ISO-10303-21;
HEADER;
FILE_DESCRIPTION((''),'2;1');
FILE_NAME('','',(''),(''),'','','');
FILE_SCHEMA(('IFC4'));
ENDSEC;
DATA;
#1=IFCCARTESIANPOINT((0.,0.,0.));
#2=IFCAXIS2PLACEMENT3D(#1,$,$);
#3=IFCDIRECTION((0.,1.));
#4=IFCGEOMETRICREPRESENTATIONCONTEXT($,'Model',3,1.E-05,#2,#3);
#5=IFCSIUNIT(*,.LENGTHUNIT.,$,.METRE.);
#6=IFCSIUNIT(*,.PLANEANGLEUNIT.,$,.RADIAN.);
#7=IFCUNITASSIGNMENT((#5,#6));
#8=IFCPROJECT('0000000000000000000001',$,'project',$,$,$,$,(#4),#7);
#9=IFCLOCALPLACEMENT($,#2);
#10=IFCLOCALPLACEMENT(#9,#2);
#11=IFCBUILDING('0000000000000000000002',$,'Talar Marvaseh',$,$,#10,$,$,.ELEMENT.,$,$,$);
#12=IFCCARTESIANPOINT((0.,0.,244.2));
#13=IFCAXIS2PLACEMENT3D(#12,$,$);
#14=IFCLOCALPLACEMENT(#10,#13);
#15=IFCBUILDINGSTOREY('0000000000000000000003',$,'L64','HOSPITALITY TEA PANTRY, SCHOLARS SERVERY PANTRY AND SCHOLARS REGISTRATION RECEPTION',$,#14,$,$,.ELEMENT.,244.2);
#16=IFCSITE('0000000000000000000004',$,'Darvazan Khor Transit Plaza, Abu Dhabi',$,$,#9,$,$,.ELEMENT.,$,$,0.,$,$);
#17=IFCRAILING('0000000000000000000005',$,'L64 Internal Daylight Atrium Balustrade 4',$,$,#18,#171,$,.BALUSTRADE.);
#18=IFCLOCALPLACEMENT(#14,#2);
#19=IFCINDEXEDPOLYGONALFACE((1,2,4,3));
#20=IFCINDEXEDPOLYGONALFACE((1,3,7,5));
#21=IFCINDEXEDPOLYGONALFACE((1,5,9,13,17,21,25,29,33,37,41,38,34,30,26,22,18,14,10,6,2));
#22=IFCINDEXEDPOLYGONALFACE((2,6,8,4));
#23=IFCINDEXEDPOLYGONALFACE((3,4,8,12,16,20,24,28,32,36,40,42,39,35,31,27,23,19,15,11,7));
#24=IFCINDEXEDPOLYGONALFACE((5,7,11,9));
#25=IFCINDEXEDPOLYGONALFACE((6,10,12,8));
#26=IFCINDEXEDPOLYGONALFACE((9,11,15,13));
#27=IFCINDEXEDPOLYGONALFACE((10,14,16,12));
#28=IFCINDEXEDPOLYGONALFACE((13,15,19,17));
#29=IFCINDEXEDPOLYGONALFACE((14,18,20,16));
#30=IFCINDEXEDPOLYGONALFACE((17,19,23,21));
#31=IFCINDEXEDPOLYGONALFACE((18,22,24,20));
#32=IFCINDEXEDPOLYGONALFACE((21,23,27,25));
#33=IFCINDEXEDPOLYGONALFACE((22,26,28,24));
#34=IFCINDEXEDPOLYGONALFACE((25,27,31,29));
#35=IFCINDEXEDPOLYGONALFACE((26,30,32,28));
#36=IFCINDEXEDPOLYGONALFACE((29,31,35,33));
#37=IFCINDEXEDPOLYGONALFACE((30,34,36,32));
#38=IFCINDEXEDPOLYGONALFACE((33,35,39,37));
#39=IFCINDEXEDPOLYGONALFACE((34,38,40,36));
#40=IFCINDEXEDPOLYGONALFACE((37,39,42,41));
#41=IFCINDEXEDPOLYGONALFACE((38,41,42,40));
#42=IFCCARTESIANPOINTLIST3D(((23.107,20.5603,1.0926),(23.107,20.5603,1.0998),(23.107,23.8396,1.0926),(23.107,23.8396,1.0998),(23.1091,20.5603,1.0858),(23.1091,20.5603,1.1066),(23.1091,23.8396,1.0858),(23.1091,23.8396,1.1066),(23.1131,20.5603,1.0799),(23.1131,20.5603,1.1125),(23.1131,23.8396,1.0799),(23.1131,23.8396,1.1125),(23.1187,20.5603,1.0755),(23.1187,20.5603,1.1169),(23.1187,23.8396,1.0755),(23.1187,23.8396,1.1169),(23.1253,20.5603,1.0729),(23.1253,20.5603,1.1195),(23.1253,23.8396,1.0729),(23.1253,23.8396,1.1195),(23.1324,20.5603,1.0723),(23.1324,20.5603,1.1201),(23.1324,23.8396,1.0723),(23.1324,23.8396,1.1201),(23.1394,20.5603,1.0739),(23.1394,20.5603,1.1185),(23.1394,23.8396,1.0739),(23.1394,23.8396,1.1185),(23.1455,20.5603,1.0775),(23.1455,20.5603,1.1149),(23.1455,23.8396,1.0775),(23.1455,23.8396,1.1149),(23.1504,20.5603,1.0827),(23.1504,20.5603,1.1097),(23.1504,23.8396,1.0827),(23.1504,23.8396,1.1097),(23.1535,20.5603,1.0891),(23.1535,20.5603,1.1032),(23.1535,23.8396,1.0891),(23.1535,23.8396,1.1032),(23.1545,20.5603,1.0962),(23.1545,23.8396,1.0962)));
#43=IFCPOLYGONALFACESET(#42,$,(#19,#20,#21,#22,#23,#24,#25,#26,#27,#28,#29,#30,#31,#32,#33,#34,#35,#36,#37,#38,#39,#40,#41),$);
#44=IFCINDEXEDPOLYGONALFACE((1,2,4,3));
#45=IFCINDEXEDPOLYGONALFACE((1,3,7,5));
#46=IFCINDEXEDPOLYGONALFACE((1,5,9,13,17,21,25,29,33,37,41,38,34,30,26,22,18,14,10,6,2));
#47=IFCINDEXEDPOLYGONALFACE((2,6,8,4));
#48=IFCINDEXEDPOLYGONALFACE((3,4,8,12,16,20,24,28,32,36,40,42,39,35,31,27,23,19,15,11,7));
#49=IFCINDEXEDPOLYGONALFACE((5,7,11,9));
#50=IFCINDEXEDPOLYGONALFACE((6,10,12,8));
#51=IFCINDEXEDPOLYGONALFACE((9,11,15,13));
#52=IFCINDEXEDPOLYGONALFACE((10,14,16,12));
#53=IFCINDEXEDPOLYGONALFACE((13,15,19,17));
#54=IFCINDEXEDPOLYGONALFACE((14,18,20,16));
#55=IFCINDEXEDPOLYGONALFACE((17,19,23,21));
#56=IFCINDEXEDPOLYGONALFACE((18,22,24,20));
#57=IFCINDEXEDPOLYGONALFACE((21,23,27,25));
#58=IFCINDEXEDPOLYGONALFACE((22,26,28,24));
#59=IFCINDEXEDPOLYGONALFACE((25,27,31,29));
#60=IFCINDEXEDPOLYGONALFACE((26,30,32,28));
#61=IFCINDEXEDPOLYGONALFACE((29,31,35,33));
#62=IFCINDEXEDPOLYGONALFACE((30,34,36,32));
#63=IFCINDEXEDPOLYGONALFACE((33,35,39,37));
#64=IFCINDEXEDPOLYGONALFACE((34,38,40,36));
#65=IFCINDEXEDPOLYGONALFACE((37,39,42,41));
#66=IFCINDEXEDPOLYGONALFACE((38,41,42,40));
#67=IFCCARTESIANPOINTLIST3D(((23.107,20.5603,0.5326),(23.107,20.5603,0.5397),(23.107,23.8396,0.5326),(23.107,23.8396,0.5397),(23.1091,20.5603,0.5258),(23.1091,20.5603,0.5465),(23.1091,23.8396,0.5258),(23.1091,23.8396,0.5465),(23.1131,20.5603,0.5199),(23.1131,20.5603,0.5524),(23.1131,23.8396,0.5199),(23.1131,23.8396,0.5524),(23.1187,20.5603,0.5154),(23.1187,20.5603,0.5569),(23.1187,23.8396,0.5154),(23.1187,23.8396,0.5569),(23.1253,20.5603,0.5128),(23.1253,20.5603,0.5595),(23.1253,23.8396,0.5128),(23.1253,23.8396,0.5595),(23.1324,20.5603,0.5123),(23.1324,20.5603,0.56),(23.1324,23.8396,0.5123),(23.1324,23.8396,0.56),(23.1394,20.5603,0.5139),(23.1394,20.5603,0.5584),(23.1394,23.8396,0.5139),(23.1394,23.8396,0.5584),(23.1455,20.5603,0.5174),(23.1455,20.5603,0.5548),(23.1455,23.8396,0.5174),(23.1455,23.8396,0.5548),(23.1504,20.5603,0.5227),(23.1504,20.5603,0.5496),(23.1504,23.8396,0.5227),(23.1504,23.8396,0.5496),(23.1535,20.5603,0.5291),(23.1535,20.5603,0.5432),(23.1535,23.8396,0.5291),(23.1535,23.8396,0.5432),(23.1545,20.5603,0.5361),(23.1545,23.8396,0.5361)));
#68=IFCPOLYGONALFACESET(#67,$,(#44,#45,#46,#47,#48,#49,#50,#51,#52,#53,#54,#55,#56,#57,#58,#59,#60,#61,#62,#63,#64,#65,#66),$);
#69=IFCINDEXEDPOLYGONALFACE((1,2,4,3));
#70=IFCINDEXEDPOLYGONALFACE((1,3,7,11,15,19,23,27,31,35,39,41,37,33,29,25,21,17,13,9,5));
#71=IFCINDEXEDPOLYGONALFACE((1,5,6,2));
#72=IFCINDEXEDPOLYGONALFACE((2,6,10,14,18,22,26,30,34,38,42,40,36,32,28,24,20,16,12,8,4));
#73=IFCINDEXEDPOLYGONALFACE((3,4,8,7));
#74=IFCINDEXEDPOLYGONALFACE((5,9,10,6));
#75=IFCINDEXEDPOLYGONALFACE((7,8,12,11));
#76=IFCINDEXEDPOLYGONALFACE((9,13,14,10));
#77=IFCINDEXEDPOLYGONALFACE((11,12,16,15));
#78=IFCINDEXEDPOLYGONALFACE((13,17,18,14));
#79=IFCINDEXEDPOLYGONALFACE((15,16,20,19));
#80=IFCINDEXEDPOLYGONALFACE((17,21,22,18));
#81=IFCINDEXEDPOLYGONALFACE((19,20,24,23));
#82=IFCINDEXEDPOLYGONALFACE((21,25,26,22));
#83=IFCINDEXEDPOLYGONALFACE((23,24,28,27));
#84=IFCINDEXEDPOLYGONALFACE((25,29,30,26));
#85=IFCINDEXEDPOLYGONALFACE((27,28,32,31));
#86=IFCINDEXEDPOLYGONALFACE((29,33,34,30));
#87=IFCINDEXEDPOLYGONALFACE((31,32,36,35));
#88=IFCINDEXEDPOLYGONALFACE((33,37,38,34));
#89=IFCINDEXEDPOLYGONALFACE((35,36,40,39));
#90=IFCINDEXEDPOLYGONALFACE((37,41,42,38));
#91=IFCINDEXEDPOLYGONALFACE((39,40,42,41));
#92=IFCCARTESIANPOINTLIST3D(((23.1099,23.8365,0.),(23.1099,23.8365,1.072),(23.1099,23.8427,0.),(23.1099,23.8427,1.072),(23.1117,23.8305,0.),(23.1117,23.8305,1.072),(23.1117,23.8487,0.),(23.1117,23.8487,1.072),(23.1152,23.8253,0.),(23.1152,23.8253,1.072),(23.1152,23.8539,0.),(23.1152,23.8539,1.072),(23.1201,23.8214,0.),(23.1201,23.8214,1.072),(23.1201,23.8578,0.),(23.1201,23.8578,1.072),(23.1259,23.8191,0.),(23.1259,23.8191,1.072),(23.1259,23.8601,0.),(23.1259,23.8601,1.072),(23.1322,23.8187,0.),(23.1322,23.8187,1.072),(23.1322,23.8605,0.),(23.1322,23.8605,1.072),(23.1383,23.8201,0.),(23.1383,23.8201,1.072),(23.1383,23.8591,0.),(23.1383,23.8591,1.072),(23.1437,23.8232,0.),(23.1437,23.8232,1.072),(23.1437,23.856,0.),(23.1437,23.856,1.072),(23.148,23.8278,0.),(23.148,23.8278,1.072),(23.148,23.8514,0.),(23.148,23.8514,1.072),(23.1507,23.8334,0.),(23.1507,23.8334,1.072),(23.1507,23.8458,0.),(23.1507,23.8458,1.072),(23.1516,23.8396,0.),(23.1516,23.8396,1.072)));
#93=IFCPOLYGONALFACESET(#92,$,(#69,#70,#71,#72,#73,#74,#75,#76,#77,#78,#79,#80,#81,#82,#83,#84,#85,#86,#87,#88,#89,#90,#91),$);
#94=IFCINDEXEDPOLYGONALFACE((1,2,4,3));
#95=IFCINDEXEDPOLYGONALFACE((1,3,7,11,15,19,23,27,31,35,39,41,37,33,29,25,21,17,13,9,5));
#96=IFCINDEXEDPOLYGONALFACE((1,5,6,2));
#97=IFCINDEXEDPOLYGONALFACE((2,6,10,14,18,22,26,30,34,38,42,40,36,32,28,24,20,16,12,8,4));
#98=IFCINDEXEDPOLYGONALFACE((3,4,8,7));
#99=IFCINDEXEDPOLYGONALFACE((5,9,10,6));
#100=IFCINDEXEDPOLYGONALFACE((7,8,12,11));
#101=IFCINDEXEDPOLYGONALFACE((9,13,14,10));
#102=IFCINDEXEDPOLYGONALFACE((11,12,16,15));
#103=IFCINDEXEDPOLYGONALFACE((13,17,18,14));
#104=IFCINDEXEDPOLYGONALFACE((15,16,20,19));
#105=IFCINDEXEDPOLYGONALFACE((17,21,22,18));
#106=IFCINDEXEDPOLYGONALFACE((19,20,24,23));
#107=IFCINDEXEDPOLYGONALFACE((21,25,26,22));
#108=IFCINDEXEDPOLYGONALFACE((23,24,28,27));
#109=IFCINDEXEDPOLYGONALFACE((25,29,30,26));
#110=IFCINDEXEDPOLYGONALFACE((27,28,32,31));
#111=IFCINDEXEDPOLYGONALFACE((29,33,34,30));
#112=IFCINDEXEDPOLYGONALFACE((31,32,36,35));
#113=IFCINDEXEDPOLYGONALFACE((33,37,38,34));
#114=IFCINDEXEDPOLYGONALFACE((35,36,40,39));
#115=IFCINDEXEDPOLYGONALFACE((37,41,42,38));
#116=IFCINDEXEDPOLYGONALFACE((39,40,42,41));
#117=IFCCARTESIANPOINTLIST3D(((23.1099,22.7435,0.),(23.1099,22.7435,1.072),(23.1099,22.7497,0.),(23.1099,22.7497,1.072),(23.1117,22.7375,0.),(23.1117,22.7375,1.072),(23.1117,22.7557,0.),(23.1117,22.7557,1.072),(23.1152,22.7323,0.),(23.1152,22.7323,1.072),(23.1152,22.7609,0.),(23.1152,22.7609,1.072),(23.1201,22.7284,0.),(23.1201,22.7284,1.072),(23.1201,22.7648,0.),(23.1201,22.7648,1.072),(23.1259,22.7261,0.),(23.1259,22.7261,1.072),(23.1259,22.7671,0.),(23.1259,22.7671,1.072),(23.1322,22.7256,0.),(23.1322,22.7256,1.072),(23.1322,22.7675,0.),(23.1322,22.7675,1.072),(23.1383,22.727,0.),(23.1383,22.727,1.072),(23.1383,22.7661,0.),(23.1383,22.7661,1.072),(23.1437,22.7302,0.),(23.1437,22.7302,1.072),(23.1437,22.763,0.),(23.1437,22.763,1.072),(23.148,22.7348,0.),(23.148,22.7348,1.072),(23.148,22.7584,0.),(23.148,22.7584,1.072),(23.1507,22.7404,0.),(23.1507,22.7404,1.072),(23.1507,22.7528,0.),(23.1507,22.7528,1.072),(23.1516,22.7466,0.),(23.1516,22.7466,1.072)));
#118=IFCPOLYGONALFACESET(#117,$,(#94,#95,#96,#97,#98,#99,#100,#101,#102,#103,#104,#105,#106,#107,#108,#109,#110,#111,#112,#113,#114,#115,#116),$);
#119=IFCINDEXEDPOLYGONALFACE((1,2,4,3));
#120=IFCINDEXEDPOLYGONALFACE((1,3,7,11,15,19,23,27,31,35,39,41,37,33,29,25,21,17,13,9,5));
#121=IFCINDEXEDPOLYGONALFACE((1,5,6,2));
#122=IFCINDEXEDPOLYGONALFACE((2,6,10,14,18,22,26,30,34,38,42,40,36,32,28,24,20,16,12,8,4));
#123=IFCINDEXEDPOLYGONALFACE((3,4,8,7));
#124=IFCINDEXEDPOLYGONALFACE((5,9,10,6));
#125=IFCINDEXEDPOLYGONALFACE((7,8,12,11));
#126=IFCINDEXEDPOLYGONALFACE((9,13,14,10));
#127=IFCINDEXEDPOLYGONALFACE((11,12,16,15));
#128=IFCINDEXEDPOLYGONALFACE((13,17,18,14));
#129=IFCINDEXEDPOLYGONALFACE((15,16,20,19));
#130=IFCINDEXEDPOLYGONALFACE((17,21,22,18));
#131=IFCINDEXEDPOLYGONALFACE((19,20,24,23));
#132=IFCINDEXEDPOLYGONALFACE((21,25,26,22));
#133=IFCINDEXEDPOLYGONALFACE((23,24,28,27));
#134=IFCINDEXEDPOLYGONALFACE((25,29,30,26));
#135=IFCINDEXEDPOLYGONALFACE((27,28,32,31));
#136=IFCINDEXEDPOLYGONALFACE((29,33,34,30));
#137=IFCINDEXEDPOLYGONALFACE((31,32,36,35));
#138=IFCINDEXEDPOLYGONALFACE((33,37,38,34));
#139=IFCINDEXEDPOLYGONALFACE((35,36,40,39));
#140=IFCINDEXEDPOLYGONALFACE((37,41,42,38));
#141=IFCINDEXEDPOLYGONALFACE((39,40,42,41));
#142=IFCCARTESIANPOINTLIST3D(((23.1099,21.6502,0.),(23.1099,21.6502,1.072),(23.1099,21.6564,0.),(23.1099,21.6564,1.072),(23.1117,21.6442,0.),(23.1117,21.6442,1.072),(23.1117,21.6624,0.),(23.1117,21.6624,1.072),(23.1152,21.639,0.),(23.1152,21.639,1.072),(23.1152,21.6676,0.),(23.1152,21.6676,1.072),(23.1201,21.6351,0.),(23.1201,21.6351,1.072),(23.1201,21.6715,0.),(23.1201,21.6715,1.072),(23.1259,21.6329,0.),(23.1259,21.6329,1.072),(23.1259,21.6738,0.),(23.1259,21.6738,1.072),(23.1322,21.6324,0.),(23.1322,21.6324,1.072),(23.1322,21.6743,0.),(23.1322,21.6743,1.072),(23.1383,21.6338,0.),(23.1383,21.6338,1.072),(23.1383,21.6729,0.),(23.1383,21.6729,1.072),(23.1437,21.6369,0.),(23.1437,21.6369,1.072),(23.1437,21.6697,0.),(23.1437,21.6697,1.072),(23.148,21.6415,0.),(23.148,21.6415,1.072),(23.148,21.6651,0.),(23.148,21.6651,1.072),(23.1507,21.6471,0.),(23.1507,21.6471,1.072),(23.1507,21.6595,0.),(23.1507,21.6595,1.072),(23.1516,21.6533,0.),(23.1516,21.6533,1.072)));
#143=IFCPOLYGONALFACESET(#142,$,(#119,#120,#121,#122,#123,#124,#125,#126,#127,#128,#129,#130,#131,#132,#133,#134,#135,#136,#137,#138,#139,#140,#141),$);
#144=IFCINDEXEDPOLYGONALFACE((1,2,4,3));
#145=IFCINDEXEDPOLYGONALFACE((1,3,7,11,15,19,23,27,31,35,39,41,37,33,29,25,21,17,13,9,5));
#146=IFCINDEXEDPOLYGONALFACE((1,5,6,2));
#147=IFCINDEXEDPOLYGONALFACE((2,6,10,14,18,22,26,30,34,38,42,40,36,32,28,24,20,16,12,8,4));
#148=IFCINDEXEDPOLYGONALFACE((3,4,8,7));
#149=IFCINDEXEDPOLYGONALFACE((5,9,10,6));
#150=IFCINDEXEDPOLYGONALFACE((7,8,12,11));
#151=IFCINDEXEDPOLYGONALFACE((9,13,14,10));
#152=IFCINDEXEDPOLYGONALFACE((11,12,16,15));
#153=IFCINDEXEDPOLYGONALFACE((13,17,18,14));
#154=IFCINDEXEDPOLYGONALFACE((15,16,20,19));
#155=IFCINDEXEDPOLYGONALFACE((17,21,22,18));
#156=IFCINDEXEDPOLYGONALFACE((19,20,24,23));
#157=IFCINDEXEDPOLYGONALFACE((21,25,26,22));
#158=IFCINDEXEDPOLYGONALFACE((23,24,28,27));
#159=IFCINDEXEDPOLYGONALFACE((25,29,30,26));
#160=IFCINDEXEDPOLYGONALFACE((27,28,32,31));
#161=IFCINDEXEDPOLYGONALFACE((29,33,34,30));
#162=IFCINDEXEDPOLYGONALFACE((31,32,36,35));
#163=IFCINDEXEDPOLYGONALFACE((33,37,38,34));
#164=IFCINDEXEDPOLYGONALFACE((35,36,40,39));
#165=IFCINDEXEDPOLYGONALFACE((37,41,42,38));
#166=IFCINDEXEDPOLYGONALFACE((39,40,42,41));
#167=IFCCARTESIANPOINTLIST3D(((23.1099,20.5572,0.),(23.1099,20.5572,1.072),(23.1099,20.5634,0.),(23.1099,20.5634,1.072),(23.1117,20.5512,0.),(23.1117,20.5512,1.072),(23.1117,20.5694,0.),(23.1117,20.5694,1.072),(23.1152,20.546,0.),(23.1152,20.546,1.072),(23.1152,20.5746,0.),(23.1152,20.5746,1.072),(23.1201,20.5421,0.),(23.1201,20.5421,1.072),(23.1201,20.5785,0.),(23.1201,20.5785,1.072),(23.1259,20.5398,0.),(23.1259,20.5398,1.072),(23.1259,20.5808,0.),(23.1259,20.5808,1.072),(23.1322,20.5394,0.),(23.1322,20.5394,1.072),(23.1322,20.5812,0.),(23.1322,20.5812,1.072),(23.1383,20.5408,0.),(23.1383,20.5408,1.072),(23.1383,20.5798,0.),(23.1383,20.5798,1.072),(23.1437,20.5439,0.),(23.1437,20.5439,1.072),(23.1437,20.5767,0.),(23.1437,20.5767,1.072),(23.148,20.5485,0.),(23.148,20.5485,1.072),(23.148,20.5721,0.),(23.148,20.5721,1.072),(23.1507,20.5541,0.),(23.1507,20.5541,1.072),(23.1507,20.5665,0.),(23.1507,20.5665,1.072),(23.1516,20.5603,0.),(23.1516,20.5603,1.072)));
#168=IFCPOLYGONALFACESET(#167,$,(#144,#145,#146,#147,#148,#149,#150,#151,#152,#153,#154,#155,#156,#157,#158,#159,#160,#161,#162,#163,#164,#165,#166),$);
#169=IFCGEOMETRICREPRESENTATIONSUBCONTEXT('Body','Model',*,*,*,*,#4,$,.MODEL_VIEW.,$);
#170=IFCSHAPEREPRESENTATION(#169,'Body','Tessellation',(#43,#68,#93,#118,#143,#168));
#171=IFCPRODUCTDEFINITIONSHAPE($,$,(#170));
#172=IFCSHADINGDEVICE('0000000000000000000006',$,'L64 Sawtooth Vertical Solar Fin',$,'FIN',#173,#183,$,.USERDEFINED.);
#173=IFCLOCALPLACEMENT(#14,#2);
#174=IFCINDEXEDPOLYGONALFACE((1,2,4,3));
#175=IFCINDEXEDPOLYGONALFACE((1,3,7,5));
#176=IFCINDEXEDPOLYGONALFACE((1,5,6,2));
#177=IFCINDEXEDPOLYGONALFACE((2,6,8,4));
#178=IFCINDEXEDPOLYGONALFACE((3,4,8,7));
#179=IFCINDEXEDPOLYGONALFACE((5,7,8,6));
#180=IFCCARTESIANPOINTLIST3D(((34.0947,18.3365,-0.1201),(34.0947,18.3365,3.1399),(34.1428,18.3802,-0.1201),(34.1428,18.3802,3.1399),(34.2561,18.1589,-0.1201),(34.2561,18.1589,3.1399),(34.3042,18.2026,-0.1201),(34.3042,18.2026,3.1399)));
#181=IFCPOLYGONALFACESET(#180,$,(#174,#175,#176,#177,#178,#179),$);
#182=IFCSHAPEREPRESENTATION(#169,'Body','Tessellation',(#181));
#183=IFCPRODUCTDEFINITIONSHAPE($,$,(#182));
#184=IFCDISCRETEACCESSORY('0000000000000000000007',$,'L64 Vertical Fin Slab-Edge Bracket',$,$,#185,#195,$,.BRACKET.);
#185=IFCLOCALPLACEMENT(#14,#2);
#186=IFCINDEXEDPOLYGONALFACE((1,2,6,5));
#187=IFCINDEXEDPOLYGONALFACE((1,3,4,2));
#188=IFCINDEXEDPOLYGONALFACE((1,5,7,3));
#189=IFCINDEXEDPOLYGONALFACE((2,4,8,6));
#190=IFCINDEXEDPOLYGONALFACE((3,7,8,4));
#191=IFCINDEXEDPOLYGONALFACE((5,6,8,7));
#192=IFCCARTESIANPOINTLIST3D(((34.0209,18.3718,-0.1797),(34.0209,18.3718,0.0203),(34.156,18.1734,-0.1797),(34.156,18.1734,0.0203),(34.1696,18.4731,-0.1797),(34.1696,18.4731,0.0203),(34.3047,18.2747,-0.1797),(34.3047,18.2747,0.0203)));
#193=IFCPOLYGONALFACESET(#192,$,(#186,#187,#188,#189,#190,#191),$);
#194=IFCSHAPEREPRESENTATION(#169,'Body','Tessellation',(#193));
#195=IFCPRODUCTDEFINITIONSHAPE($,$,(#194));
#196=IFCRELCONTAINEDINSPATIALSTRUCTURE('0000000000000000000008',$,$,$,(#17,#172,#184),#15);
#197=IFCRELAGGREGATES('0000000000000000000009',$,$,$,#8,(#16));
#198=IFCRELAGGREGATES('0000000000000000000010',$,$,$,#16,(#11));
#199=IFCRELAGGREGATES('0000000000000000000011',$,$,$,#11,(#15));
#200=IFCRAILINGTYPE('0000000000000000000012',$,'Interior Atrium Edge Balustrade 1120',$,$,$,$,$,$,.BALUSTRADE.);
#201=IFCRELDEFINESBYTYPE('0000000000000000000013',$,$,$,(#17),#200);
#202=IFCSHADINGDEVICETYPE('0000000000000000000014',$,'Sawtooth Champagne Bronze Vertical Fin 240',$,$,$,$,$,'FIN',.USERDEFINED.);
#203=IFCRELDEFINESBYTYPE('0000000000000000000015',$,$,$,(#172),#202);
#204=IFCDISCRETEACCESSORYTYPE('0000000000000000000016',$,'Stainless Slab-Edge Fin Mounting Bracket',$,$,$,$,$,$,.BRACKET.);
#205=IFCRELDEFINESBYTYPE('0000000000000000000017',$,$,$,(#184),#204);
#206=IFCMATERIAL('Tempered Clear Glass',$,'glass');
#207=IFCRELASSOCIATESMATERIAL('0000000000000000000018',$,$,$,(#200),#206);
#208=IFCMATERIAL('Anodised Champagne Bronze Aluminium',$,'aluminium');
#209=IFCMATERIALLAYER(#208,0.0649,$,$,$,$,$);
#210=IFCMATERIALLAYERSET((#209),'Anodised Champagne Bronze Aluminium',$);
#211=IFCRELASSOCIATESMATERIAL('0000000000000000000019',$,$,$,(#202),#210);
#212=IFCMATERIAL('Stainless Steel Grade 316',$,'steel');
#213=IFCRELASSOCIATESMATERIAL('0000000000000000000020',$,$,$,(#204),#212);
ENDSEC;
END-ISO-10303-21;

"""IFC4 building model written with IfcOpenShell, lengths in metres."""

from ifc_helpers import new_model, si_unit, direction, frame, origin, origin_2d, place, context, subcontext, project, spatial, rectangle, circle, extrude, source, transform, mapped, material, layer, layer_set, type_object, type_shapes, element, save


model = new_model("IFC4")

# Units and contexts
model_context = context("Model", 3, precision=1e-05, world=origin(), true_north=direction((0.0, 1.0)))
body_context = subcontext(model_context, "Body", "Model", "MODEL_VIEW")
ifc_project = project(units=[si_unit("LENGTHUNIT", "METRE"), si_unit("PLANEANGLEUNIT", "RADIAN")], contexts=[model_context])

# Site, building, storey
site_placement = place(None, origin())
site = spatial("IfcSite", under=ifc_project, at=site_placement, Name="Darvazan Khor Transit Plaza, Abu Dhabi", CompositionType="ELEMENT", RefElevation=0.0)
building_placement = place(site_placement, origin())
building = spatial("IfcBuilding", under=site, at=building_placement, Name="Talar Marvaseh", CompositionType="ELEMENT")
storey_placement = place(building_placement, frame((0.0, 0.0, 244.2)))
storey = spatial("IfcBuildingStorey", under=building, at=storey_placement, Name="L64", Description="HOSPITALITY TEA PANTRY, SCHOLARS SERVERY PANTRY AND SCHOLARS REGISTRATION RECEPTION", CompositionType="ELEMENT", Elevation=244.2)

# Railing
ifc_material_1 = material(Name="Tempered Clear Glass", Category="glass")
railing_type = type_object("IfcRailingType", Name="Interior Atrium Edge Balustrade 1120", PredefinedType="BALUSTRADE", material=ifc_material_1)
railing_1_placement = place(storey_placement, frame((23.1306, 23.8396, 0.0)))
element("IfcRailing", 1, at=railing_1_placement, inside=storey, type_object=railing_type, Name="L64 Internal Daylight Atrium Balustrade 4", PredefinedType="BALUSTRADE", context=body_context, shape_type="SweptSolid", body=[
    extrude(circle(Radius=0.0239, at=origin_2d()), frame((0.0, 0.0, 1.0962), z_axis=(0.0, -1.0, 0.0), x_axis=(1.0, 0.0, 0.0)), (0.0, 0.0, 1.0), 3.2793),
    extrude(circle(Radius=0.0239, at=origin_2d()), frame((0.0, 0.0, 0.5361), z_axis=(0.0, -1.0, 0.0), x_axis=(1.0, 0.0, 0.0)), (0.0, 0.0, 1.0), 3.2793),
    extrude(circle(Radius=0.021, at=origin_2d()), origin(), (0.0, 0.0, 1.0), 1.072),
    extrude(circle(Radius=0.021, at=origin_2d()), frame((0.0, -1.093, 0.0)), (0.0, 0.0, 1.0), 1.072),
    extrude(circle(Radius=0.021, at=origin_2d()), frame((0.0, -2.1863, 0.0)), (0.0, 0.0, 1.0), 1.072),
    extrude(circle(Radius=0.021, at=origin_2d()), frame((0.0, -3.2793, 0.0)), (0.0, 0.0, 1.0), 1.072),
])

# Shading device
ifc_material_2 = material(Name="Anodised Champagne Bronze Aluminium", Category="aluminium")
ifc_layer_1 = layer(ifc_material_2, 0.0649)
ifc_layer_set_1 = layer_set([ifc_layer_1], Name="Anodised Champagne Bronze Aluminium")
shading_device_type = type_object("IfcShadingDeviceType", Name="Sawtooth Champagne Bronze Vertical Fin 240", ElementType="FIN", PredefinedType="USERDEFINED", material=ifc_layer_set_1)
shared_shape_1 = source(origin(), body_context, "Body", "SweptSolid", [
    extrude(rectangle(XDim=0.24, YDim=0.0649, at=origin_2d()), origin(), (0.0, 0.0, 1.0), 3.26),
])
type_shapes(shading_device_type, [shared_shape_1])
shading_device_placement = place(storey_placement, frame((34.1995, 18.2695, -0.1201), z_axis=(0.0, 0.0, 1.0), x_axis=(0.672496, -0.740101, 0.0)))
element("IfcShadingDevice", 2, at=shading_device_placement, inside=storey, type_object=shading_device_type, Name="L64 Sawtooth Vertical Solar Fin", ObjectType="FIN", PredefinedType="USERDEFINED", context=body_context, shape_type="MappedRepresentation", body=[
    mapped(shared_shape_1, transform((0.0, 0.0, 0.0), x_axis=(1.0, 0.0, 0.0), y_axis=(0.0, 1.0, 0.0), z_axis=(0.0, 0.0, 1.0), scale=1.0)),
])

# Discrete accessory
ifc_material_3 = material(Name="Stainless Steel Grade 316", Category="steel")
discrete_accessory_type = type_object("IfcDiscreteAccessoryType", Name="Stainless Slab-Edge Fin Mounting Bracket", PredefinedType="BRACKET", material=ifc_material_3)
shared_shape_2 = source(origin(), body_context, "Body", "SweptSolid", [
    extrude(rectangle(XDim=0.24, YDim=0.1799, at=origin_2d()), origin(), (0.0, 0.0, 1.0), 0.2),
])
type_shapes(discrete_accessory_type, [shared_shape_2])
discrete_accessory_placement = place(storey_placement, frame((34.1628, 18.3232, -0.1797), z_axis=(0.0, 0.0, 1.0), x_axis=(0.562949, -0.826492, 0.0)))
element("IfcDiscreteAccessory", 3, at=discrete_accessory_placement, inside=storey, type_object=discrete_accessory_type, Name="L64 Vertical Fin Slab-Edge Bracket", PredefinedType="BRACKET", context=body_context, shape_type="MappedRepresentation", body=[
    mapped(shared_shape_2, transform((0.0, 0.0, 0.0), x_axis=(1.0, 0.0, 0.0), y_axis=(0.0, 1.0, 0.0), z_axis=(0.0, 0.0, 1.0), scale=1.0)),
])

save(model, "model.ifc")
